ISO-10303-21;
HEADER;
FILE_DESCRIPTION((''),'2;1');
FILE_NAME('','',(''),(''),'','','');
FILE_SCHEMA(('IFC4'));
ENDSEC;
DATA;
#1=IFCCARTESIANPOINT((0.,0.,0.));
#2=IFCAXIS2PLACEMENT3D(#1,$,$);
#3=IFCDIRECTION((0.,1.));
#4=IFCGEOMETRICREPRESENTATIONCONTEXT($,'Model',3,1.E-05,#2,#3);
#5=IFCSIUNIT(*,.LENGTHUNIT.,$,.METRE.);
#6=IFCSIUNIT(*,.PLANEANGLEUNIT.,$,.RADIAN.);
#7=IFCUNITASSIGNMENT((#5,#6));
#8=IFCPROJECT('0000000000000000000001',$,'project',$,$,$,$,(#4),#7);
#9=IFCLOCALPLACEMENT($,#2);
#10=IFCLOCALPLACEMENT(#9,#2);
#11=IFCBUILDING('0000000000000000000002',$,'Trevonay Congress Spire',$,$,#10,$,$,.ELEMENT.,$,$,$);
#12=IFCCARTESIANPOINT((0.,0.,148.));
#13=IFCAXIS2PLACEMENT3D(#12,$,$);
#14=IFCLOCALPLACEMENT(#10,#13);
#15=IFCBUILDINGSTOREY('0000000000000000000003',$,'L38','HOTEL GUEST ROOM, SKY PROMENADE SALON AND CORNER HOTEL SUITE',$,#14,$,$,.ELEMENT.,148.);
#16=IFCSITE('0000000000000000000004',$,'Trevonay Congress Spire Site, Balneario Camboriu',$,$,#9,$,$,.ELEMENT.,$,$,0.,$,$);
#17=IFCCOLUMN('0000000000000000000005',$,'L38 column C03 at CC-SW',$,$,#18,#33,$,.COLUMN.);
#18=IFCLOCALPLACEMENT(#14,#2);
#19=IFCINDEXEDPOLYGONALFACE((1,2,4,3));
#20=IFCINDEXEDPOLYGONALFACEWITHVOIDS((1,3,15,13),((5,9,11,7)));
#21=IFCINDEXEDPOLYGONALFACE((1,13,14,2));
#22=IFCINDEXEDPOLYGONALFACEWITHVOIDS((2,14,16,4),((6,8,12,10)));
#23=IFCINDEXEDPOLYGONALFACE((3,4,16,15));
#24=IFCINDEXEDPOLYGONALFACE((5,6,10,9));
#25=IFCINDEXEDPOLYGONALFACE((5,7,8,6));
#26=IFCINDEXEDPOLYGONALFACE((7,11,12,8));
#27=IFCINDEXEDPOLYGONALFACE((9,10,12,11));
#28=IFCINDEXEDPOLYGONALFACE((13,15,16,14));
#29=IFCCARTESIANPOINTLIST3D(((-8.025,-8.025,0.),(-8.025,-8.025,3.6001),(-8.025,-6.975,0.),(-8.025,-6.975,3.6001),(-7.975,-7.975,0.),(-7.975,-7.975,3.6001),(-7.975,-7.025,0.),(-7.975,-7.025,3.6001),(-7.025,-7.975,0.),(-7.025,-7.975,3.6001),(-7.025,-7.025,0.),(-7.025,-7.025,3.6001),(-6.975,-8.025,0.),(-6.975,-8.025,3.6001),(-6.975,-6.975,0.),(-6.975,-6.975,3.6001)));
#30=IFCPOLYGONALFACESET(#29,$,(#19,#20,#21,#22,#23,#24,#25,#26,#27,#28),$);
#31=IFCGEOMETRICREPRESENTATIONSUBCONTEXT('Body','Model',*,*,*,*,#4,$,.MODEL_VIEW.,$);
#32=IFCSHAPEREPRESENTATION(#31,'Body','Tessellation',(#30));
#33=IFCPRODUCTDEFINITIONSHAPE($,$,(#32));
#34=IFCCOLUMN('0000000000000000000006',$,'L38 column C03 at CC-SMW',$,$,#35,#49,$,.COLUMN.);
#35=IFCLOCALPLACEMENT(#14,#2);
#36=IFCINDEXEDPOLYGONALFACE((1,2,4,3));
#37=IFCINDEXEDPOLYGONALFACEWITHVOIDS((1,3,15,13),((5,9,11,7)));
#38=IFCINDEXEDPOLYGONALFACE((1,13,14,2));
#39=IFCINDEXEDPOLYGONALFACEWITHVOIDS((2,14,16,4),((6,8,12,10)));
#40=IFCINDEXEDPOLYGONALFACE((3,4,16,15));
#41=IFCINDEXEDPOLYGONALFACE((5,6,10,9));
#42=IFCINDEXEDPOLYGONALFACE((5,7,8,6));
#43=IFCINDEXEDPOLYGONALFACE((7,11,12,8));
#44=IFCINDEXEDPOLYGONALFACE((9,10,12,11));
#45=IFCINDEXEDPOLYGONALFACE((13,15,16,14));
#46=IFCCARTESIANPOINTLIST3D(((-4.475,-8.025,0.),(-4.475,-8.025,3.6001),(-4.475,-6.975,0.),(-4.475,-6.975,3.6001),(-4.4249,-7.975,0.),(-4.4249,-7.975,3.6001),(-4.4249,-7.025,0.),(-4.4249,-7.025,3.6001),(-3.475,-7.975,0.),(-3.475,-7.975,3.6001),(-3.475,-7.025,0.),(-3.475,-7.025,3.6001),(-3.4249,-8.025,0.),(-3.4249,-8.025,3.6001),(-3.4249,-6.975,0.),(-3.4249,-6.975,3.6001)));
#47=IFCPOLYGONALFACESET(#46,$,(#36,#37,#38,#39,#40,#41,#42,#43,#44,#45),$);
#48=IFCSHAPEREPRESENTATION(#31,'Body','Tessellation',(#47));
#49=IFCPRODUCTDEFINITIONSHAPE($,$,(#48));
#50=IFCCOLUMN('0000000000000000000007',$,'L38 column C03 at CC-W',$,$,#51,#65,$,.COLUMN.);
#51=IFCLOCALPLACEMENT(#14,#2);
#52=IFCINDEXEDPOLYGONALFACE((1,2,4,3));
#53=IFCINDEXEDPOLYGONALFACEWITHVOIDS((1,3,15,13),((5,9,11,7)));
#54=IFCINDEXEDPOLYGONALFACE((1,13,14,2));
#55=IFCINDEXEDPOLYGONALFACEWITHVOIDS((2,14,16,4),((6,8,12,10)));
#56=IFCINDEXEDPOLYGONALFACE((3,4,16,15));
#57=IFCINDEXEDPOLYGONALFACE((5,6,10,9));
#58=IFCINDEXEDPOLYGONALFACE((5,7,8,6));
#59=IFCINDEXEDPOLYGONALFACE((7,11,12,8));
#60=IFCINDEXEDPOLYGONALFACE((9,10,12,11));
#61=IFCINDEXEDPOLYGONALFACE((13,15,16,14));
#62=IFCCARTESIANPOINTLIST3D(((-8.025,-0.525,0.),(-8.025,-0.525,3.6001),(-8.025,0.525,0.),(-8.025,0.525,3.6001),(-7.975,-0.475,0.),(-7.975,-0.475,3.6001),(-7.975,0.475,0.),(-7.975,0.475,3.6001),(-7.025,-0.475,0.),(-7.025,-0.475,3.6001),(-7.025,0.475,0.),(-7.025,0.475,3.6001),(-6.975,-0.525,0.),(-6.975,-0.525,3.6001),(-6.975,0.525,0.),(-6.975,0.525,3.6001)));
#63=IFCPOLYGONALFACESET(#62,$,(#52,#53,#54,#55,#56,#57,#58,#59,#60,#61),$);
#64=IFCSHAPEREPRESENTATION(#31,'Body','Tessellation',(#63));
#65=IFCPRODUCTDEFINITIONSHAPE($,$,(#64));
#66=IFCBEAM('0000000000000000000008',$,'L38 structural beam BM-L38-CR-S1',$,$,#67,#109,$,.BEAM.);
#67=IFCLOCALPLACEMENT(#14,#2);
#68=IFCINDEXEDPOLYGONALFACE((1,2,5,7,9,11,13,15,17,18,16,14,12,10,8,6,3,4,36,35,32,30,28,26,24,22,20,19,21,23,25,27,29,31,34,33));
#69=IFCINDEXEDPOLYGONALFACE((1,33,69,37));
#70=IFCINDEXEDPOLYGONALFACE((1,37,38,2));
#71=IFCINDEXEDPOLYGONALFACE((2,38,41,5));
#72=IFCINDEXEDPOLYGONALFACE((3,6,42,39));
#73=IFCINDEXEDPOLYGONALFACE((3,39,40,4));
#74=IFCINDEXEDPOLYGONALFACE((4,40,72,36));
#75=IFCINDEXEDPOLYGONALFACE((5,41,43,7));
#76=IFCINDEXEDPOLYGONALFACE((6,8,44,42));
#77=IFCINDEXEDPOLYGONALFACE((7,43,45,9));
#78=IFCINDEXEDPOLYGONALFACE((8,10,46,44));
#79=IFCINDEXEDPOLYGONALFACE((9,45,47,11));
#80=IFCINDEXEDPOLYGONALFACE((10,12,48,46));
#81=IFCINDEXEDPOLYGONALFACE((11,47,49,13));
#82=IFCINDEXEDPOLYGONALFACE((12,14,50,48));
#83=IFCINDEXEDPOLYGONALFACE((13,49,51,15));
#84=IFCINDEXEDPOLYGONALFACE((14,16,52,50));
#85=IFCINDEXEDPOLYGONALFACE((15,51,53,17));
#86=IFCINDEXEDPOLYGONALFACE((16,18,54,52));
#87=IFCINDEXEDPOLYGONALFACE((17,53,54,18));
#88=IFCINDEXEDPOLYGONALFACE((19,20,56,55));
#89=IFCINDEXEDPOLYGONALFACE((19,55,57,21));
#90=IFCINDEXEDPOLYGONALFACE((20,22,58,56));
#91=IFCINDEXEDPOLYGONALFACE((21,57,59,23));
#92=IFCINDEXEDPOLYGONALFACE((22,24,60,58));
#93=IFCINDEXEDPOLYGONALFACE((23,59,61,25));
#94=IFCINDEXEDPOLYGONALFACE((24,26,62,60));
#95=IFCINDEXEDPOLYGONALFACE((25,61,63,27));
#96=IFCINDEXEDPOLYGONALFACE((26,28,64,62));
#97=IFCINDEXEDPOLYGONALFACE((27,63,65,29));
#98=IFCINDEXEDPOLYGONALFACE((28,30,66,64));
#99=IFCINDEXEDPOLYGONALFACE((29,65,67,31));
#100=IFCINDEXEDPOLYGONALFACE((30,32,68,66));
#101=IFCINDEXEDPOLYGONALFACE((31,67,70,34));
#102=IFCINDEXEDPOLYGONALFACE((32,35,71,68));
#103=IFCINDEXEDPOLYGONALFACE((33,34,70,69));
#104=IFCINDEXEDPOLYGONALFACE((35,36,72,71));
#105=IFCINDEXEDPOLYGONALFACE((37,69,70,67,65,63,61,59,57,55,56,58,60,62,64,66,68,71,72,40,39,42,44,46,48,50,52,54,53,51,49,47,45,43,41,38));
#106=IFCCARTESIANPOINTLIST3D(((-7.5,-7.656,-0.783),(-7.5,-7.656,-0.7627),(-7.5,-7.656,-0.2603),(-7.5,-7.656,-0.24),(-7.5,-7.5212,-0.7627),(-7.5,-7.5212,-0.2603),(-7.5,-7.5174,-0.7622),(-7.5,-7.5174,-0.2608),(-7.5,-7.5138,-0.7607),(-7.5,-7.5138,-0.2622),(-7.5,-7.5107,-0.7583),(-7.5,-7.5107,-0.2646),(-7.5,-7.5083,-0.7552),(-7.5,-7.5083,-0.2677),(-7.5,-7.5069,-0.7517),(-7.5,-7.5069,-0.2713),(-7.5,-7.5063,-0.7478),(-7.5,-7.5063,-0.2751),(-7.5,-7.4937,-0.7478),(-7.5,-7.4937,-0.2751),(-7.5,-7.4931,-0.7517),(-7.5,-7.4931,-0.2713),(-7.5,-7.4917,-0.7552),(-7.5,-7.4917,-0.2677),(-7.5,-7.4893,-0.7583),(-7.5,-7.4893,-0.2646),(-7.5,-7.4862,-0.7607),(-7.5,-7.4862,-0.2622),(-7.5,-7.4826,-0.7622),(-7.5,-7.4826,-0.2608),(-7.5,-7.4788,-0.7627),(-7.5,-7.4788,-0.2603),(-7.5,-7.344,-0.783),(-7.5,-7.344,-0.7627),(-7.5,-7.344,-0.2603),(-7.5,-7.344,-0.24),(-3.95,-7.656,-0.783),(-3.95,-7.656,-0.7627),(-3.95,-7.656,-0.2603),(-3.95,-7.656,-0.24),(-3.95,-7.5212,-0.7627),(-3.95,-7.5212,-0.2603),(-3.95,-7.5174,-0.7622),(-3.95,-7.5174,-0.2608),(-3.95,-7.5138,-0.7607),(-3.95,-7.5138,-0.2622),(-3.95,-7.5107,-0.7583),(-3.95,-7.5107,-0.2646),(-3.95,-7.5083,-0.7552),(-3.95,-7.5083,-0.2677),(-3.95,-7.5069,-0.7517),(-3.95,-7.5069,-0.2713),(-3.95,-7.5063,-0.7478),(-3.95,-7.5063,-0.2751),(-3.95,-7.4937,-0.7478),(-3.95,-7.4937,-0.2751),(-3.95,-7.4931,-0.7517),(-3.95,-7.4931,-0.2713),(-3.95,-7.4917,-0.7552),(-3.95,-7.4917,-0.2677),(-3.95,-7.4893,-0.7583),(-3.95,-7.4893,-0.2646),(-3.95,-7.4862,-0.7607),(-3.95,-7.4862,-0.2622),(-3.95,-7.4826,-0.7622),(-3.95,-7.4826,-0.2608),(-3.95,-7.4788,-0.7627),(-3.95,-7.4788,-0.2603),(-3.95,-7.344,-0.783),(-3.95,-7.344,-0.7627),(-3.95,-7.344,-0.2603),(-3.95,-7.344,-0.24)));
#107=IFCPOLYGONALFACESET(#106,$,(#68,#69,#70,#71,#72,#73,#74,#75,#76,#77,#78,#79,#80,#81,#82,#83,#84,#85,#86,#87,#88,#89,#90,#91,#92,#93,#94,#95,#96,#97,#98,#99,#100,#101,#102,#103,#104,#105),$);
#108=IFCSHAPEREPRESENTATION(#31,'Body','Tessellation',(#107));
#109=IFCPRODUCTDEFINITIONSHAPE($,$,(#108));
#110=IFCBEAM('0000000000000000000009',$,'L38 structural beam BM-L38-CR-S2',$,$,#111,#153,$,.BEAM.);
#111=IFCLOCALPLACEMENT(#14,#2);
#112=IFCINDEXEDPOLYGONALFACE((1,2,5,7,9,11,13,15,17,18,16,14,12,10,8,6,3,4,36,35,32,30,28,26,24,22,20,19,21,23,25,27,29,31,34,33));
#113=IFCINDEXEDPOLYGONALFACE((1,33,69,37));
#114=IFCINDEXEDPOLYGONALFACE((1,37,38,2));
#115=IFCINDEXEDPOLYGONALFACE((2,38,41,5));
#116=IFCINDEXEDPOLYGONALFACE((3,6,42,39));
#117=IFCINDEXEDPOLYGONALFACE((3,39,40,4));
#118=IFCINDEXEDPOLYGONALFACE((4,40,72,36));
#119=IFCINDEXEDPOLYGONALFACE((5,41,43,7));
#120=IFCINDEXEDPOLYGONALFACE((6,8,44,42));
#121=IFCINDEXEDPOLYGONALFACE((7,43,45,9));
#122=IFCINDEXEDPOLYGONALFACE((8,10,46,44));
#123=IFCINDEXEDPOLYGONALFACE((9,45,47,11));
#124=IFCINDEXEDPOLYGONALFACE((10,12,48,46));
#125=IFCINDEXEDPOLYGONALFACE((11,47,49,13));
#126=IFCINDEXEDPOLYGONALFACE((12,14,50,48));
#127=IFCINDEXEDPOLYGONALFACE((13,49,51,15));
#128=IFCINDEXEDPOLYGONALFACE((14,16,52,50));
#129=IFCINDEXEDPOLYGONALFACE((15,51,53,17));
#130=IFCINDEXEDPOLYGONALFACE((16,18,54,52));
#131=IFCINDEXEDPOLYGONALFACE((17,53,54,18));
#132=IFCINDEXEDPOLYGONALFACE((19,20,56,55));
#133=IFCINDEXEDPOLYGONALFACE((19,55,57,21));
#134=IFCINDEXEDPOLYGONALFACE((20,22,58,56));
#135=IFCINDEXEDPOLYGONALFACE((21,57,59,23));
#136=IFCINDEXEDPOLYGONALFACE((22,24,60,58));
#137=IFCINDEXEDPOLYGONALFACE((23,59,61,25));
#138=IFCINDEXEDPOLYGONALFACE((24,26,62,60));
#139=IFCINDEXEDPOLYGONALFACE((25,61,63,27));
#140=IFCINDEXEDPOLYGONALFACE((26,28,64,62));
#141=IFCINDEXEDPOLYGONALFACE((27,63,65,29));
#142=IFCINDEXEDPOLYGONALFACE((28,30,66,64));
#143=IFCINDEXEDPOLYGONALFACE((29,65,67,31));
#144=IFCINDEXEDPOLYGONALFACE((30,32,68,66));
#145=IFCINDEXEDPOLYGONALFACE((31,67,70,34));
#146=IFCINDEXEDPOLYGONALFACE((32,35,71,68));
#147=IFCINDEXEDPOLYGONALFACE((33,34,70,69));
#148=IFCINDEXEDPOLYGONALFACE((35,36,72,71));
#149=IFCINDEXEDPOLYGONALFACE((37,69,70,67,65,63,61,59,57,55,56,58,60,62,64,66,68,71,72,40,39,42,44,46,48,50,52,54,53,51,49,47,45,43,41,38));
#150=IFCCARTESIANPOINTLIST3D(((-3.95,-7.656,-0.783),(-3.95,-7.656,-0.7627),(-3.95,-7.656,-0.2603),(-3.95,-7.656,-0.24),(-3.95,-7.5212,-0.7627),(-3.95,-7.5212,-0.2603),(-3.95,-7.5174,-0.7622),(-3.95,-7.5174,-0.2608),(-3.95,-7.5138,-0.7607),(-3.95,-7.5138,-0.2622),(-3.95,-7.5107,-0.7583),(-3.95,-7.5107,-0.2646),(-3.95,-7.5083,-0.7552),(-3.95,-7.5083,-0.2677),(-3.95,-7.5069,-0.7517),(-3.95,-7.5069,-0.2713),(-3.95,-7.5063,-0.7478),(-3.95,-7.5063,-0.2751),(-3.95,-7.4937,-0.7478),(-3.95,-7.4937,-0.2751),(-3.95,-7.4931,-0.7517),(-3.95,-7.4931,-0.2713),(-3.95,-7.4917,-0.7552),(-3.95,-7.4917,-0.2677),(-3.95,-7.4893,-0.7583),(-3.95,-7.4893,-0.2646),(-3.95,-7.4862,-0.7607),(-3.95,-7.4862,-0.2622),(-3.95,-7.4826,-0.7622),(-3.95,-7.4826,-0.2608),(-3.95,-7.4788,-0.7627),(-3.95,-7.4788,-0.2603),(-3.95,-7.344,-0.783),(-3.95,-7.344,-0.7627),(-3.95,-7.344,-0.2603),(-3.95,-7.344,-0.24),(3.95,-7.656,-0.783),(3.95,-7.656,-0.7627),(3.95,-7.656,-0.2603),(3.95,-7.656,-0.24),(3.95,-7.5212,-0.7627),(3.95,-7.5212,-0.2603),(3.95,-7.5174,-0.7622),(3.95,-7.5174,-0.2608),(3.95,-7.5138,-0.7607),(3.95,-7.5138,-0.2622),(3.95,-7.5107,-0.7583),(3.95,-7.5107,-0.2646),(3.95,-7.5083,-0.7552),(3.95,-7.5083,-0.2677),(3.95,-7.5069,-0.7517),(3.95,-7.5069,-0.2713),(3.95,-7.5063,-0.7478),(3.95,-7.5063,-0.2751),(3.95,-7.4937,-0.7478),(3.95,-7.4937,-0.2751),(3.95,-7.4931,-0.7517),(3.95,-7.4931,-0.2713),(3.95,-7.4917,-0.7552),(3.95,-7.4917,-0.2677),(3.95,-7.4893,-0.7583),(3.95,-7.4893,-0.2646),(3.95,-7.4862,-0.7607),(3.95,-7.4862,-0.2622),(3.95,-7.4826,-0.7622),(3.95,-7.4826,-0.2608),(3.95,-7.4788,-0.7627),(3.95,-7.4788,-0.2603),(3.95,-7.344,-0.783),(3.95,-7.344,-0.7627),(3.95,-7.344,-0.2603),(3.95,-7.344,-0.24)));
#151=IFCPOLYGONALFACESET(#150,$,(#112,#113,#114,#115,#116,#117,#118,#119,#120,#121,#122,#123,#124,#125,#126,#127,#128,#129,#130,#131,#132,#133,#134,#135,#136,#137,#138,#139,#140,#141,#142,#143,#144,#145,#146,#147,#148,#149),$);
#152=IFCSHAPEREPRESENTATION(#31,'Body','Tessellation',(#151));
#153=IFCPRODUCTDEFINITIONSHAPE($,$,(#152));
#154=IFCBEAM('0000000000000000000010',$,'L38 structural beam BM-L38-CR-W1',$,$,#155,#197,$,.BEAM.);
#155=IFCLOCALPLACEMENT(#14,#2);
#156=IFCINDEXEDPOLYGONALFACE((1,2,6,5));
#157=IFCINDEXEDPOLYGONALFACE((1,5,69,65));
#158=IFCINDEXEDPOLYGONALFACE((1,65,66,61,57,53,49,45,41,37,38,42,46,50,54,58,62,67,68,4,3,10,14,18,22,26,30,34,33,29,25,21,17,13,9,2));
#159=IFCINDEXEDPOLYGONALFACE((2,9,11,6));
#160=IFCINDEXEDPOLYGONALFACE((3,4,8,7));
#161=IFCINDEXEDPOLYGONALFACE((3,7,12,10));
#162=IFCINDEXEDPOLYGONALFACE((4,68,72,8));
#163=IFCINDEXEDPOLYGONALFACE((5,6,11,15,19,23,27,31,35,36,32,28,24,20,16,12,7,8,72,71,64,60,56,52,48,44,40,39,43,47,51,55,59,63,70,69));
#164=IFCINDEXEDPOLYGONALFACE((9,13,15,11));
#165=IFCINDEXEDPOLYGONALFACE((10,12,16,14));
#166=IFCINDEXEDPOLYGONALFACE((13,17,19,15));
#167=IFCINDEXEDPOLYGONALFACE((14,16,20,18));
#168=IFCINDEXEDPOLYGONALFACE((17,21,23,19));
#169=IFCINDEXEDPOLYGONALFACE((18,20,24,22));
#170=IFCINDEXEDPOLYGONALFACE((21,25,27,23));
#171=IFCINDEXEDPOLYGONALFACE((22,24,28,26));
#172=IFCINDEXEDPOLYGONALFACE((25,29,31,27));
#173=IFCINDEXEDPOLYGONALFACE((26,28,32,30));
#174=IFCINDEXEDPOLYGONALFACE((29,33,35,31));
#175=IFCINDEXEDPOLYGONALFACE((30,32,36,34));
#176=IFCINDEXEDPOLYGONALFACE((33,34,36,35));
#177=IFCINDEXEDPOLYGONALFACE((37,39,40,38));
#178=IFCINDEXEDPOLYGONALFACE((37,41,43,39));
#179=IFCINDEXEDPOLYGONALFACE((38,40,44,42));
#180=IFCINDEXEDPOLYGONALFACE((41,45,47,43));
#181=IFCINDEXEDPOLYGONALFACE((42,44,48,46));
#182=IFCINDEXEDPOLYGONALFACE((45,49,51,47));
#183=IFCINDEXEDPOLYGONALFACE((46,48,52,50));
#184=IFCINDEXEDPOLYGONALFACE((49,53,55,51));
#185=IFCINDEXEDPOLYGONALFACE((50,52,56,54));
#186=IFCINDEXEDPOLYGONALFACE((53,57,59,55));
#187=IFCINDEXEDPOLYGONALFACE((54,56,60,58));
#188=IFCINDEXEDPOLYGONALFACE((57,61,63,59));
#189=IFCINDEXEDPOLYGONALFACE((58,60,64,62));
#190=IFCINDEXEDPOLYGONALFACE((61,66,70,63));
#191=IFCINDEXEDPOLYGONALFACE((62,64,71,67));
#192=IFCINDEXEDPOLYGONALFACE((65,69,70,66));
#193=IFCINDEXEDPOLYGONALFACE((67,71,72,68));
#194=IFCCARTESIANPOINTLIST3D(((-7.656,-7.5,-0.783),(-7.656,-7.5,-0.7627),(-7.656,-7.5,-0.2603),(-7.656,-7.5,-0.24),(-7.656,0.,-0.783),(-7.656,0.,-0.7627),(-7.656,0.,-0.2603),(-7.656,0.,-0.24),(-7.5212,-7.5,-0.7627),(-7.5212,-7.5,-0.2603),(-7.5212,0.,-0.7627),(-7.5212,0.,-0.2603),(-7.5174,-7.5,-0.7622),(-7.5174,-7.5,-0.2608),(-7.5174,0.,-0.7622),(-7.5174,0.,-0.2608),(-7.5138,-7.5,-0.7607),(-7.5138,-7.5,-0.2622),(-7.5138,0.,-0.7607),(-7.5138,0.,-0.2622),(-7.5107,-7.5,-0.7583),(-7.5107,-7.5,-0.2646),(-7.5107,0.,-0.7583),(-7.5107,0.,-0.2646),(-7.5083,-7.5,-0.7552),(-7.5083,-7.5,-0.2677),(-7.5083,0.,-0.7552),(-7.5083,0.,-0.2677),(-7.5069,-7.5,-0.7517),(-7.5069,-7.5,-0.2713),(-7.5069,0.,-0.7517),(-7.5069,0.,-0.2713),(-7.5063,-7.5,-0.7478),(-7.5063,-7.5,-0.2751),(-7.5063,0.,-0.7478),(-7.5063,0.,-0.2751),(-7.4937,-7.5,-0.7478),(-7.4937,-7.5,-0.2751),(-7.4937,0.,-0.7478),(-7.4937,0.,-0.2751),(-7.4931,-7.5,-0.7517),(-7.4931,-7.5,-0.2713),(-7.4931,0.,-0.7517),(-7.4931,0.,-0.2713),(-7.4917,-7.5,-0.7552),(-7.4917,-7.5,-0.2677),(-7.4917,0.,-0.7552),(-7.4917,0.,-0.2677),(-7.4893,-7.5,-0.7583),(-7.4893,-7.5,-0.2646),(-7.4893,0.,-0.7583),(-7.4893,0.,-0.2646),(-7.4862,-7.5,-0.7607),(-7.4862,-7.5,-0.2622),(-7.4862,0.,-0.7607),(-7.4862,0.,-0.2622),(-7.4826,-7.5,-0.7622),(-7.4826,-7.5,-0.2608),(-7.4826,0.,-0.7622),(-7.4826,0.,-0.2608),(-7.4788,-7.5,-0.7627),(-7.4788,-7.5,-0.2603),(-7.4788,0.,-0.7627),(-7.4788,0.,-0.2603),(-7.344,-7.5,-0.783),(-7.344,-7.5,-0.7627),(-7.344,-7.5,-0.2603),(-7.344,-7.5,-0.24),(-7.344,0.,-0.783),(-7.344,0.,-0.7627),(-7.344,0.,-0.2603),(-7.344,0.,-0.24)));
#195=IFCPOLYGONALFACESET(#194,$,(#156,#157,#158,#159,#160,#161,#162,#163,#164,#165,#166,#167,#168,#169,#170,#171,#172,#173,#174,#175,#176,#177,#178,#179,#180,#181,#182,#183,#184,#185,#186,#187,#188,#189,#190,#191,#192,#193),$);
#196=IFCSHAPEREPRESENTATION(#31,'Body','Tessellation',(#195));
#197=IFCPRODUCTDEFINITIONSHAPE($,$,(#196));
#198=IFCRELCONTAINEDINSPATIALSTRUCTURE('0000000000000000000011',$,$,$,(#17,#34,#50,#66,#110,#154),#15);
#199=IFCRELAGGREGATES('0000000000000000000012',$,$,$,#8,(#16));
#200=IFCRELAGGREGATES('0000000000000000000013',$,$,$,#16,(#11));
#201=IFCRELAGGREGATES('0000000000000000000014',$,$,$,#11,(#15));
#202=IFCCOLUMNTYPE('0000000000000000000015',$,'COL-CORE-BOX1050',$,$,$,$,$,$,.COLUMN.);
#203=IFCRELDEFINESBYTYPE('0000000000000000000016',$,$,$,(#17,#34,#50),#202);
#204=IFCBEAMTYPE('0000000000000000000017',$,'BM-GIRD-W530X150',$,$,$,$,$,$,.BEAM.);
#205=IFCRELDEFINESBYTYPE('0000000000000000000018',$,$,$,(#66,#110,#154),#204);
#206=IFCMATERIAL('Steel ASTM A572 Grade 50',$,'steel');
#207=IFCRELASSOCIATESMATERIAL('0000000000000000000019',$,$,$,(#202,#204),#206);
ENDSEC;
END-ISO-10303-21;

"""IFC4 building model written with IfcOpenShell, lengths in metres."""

from ifc_helpers import new_model, si_unit, direction, frame, origin, origin_2d, place, context, subcontext, project, spatial, hollow_rectangle, i_section, extrude, material, material_profile, profile_set, type_object, element, save


model = new_model("IFC4")

# Units and contexts
model_context = context("Model", 3, precision=1e-05, world=origin(), true_north=direction((0.0, 1.0)))
body_context = subcontext(model_context, "Body", "Model", "MODEL_VIEW")
ifc_project = project(units=[si_unit("LENGTHUNIT", "METRE"), si_unit("PLANEANGLEUNIT", "RADIAN")], contexts=[model_context])

# Site, building, storey
site_placement = place(None, origin())
site = spatial("IfcSite", under=ifc_project, at=site_placement, Name="Trevonay Congress Spire Site, Balneario Camboriu", CompositionType="ELEMENT", RefElevation=0.0)
building_placement = place(site_placement, origin())
building = spatial("IfcBuilding", under=site, at=building_placement, Name="Trevonay Congress Spire", CompositionType="ELEMENT")
storey_placement = place(building_placement, frame((0.0, 0.0, 148.0)))
storey = spatial("IfcBuildingStorey", under=building, at=storey_placement, Name="L38", Description="HOTEL GUEST ROOM, SKY PROMENADE SALON AND CORNER HOTEL SUITE", CompositionType="ELEMENT", Elevation=148.0)

# Columns
ifc_material_1 = material(Name="Steel ASTM A572 Grade 50", Category="steel")
ifc_material_profile_1 = material_profile(ifc_material_1, hollow_rectangle(XDim=1.05, YDim=1.05, WallThickness=0.05, at=origin_2d()), Name="BOX 1050x1050x50")
ifc_profile_set_1 = profile_set([ifc_material_profile_1], Name="Steel ASTM A572 Grade 50")
column_type = type_object("IfcColumnType", Name="COL-CORE-BOX1050", PredefinedType="COLUMN", material=ifc_profile_set_1)
for number, where, z_axis, x_axis, name in (
    (1, (-7.5, -7.5, 0.0), (0.0, 0.0, 1.0), (1.0, 0.0, 0.0), "L38 column C03 at CC-SW"),
    (2, (-3.95, -7.5, 0.0), (0.0, 0.0, 1.0), (1.0, 0.0, 0.0), "L38 column C03 at CC-SMW"),
    (3, (-7.5, 0.0, 0.0), (0.0, 0.0, 1.0), (1.0, 0.0, 0.0), "L38 column C03 at CC-W"),
):
    element("IfcColumn", number, at=place(storey_placement, frame(where, z_axis=z_axis, x_axis=x_axis)), inside=storey, type_object=column_type, Name=name, PredefinedType="COLUMN", context=body_context, shape_type="SweptSolid", body=[
        extrude(hollow_rectangle(XDim=1.05, YDim=1.05, WallThickness=0.05, at=origin_2d()), origin(), (0.0, 0.0, 1.0), 3.6001),
    ])

# Beams
ifc_material_profile_2 = material_profile(ifc_material_1, i_section(OverallWidth=0.312, OverallDepth=0.543, WebThickness=0.0127, FlangeThickness=0.0203, FilletRadius=0.0149, at=origin_2d()), Name="W530x150")
ifc_profile_set_2 = profile_set([ifc_material_profile_2], Name="Steel ASTM A572 Grade 50")
beam_type_1 = type_object("IfcBeamType", Name="BM-GIRD-W530X150", PredefinedType="BEAM", material=ifc_profile_set_2)
beam_1_placement = place(storey_placement, frame((-7.5, -7.5, -0.5115), z_axis=(1.0, 0.0, 0.0), x_axis=(0.0, 1.0, 0.0)))
element("IfcBeam", 4, at=beam_1_placement, inside=storey, type_object=beam_type_1, Name="L38 structural beam BM-L38-CR-S1", PredefinedType="BEAM", context=body_context, shape_type="SweptSolid", body=[
    extrude(i_section(OverallWidth=0.312, OverallDepth=0.543, WebThickness=0.0127, FlangeThickness=0.0203, FilletRadius=0.0149, at=origin_2d()), origin(), (0.0, 0.0, 1.0), 3.55),
])
beam_2_placement = place(storey_placement, frame((-3.95, -7.5, -0.5115), z_axis=(1.0, 0.0, 0.0), x_axis=(0.0, 1.0, 0.0)))
element("IfcBeam", 5, at=beam_2_placement, inside=storey, type_object=beam_type_1, Name="L38 structural beam BM-L38-CR-S2", PredefinedType="BEAM", context=body_context, shape_type="SweptSolid", body=[
    extrude(i_section(OverallWidth=0.312, OverallDepth=0.543, WebThickness=0.0127, FlangeThickness=0.0203, FilletRadius=0.0149, at=origin_2d()), origin(), (0.0, 0.0, 1.0), 7.8999),
])
for number, where, z_axis, x_axis, name in (
    (6, (-7.5, -7.5, -0.5115), (0.0, 1.0, 0.0), (-1.0, 0.0, 0.0), "L38 structural beam BM-L38-CR-W1"),
):
    element("IfcBeam", number, at=place(storey_placement, frame(where, z_axis=z_axis, x_axis=x_axis)), inside=storey, type_object=beam_type_1, Name=name, PredefinedType="BEAM", context=body_context, shape_type="SweptSolid", body=[
        extrude(i_section(OverallWidth=0.312, OverallDepth=0.543, WebThickness=0.0127, FlangeThickness=0.0203, FilletRadius=0.0149, at=origin_2d()), origin(), (0.0, 0.0, 1.0), 7.5),
    ])

save(model, "model.ifc")
